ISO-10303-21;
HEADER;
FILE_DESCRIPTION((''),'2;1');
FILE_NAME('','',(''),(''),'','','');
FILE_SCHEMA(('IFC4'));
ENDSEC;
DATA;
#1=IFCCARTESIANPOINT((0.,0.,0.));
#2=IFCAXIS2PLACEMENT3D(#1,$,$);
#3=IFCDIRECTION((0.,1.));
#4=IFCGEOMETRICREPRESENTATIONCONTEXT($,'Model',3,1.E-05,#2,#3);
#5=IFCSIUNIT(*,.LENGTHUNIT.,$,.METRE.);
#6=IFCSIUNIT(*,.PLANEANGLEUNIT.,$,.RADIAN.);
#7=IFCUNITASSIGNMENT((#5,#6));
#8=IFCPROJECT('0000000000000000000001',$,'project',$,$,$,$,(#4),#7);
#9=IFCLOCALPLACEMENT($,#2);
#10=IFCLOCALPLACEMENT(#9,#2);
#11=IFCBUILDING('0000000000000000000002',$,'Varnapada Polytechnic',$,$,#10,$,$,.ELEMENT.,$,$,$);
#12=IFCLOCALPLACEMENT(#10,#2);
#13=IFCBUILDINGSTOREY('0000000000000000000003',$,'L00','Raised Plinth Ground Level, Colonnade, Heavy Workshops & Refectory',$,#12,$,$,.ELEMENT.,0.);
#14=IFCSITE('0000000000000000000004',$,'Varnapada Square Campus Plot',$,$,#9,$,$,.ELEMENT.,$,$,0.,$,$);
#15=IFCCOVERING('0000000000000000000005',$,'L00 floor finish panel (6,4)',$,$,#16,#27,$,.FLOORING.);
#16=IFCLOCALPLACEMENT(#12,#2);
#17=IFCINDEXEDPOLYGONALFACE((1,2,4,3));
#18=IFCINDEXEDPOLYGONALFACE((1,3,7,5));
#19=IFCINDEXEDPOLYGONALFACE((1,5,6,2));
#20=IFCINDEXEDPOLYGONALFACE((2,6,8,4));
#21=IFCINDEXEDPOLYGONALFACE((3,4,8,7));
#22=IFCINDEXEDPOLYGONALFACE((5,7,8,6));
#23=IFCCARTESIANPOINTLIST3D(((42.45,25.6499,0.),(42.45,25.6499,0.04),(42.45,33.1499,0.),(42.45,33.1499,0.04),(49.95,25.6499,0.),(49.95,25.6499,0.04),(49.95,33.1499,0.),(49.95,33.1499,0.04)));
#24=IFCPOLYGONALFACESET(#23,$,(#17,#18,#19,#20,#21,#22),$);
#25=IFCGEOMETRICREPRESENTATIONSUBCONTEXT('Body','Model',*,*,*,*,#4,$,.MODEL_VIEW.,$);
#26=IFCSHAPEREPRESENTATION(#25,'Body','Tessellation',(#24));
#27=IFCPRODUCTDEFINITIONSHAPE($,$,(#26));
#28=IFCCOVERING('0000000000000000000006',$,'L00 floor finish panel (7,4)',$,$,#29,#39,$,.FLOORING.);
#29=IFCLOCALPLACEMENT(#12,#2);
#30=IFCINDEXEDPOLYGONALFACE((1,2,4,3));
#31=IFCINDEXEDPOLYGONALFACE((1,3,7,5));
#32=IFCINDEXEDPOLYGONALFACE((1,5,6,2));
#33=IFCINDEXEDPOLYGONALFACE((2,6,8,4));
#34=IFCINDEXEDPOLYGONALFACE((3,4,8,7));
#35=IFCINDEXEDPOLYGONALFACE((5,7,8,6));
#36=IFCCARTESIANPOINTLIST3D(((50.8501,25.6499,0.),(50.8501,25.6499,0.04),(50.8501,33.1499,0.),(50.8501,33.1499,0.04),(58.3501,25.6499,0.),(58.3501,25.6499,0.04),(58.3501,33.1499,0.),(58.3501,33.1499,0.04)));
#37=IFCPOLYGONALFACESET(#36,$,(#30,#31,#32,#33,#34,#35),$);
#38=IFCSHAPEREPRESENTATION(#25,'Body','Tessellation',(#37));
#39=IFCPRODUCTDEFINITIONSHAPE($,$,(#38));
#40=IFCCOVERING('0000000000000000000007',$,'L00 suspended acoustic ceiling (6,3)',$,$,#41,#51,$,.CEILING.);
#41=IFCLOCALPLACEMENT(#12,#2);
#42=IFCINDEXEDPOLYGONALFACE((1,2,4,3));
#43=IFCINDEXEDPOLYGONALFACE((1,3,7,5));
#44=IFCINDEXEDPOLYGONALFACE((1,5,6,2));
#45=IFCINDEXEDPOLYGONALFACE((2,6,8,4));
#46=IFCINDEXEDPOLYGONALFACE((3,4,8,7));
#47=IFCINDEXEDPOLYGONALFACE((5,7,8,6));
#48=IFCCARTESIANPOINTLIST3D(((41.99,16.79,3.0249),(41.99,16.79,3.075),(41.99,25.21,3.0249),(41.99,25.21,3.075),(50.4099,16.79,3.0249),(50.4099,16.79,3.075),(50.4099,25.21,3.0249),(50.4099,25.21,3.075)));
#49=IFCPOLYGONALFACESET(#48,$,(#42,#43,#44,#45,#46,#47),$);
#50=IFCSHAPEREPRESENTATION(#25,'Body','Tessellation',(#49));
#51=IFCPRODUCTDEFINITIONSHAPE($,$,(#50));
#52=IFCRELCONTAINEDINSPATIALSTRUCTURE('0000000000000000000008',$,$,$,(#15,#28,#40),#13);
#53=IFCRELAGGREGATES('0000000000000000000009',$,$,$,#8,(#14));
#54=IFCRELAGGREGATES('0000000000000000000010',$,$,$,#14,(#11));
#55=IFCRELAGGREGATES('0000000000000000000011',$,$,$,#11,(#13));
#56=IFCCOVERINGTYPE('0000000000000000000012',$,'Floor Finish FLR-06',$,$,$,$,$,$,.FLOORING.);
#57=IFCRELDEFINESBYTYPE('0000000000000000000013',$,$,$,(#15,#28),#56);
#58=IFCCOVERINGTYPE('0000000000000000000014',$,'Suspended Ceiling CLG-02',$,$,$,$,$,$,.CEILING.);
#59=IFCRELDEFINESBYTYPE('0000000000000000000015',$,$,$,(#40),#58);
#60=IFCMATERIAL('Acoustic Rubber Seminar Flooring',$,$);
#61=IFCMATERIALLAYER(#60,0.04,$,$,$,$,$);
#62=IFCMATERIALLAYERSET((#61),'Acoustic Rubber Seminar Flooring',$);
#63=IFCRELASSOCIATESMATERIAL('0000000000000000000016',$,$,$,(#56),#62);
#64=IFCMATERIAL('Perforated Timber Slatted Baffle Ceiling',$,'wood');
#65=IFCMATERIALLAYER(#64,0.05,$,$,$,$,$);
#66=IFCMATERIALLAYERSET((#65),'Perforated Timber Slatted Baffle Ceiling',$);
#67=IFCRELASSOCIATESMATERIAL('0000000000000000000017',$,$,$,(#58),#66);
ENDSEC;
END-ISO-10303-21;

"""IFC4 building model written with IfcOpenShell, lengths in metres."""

from ifc_helpers import new_model, si_unit, direction, frame, origin, origin_2d, place, context, subcontext, project, spatial, rectangle, extrude, material, layer, layer_set, type_object, element, save


model = new_model("IFC4")

# Units and contexts
model_context = context("Model", 3, precision=1e-05, world=origin(), true_north=direction((0.0, 1.0)))
body_context = subcontext(model_context, "Body", "Model", "MODEL_VIEW")
ifc_project = project(units=[si_unit("LENGTHUNIT", "METRE"), si_unit("PLANEANGLEUNIT", "RADIAN")], contexts=[model_context])

# Site, building, storey
site_placement = place(None, origin())
site = spatial("IfcSite", under=ifc_project, at=site_placement, Name="Varnapada Square Campus Plot", CompositionType="ELEMENT", RefElevation=0.0)
building_placement = place(site_placement, origin())
building = spatial("IfcBuilding", under=site, at=building_placement, Name="Varnapada Polytechnic", CompositionType="ELEMENT")
storey_placement = place(building_placement, origin())
storey = spatial("IfcBuildingStorey", under=building, at=storey_placement, Name="L00", Description="Raised Plinth Ground Level, Colonnade, Heavy Workshops & Refectory", CompositionType="ELEMENT", Elevation=0.0)

# Coverings
ifc_material_1 = material(Name="Acoustic Rubber Seminar Flooring")
ifc_layer_1 = layer(ifc_material_1, 0.04)
ifc_layer_set_1 = layer_set([ifc_layer_1], Name="Acoustic Rubber Seminar Flooring")
covering_type_1 = type_object("IfcCoveringType", Name="Floor Finish FLR-06", PredefinedType="FLOORING", material=ifc_layer_set_1)
for number, where, z_axis, x_axis, name in (
    (1, (46.2, 29.3999, 0.0), (0.0, 0.0, 1.0), (1.0, 0.0, 0.0), "L00 floor finish panel (6,4)"),
    (2, (54.6001, 29.3999, 0.0), (0.0, 0.0, 1.0), (1.0, 0.0, 0.0), "L00 floor finish panel (7,4)"),
):
    element("IfcCovering", number, at=place(storey_placement, frame(where, z_axis=z_axis, x_axis=x_axis)), inside=storey, type_object=covering_type_1, Name=name, PredefinedType="FLOORING", context=body_context, shape_type="SweptSolid", body=[
        extrude(rectangle(XDim=7.5, YDim=7.5, at=origin_2d()), origin(), (0.0, 0.0, 1.0), 0.04),
    ])
ifc_material_2 = material(Name="Perforated Timber Slatted Baffle Ceiling", Category="wood")
ifc_layer_2 = layer(ifc_material_2, 0.05)
ifc_layer_set_2 = layer_set([ifc_layer_2], Name="Perforated Timber Slatted Baffle Ceiling")
covering_type_2 = type_object("IfcCoveringType", Name="Suspended Ceiling CLG-02", PredefinedType="CEILING", material=ifc_layer_set_2)
covering_placement = place(storey_placement, frame((46.2, 21.0, 3.0249), z_axis=(0.0, 0.0, 1.0), x_axis=(1.0, 0.0, 0.0)))
element("IfcCovering", 3, at=covering_placement, inside=storey, type_object=covering_type_2, Name="L00 suspended acoustic ceiling (6,3)", PredefinedType="CEILING", context=body_context, shape_type="SweptSolid", body=[
    extrude(rectangle(XDim=8.4199, YDim=8.4199, at=origin_2d()), origin(), (0.0, 0.0, 1.0), 0.05),
])

save(model, "model.ifc")
